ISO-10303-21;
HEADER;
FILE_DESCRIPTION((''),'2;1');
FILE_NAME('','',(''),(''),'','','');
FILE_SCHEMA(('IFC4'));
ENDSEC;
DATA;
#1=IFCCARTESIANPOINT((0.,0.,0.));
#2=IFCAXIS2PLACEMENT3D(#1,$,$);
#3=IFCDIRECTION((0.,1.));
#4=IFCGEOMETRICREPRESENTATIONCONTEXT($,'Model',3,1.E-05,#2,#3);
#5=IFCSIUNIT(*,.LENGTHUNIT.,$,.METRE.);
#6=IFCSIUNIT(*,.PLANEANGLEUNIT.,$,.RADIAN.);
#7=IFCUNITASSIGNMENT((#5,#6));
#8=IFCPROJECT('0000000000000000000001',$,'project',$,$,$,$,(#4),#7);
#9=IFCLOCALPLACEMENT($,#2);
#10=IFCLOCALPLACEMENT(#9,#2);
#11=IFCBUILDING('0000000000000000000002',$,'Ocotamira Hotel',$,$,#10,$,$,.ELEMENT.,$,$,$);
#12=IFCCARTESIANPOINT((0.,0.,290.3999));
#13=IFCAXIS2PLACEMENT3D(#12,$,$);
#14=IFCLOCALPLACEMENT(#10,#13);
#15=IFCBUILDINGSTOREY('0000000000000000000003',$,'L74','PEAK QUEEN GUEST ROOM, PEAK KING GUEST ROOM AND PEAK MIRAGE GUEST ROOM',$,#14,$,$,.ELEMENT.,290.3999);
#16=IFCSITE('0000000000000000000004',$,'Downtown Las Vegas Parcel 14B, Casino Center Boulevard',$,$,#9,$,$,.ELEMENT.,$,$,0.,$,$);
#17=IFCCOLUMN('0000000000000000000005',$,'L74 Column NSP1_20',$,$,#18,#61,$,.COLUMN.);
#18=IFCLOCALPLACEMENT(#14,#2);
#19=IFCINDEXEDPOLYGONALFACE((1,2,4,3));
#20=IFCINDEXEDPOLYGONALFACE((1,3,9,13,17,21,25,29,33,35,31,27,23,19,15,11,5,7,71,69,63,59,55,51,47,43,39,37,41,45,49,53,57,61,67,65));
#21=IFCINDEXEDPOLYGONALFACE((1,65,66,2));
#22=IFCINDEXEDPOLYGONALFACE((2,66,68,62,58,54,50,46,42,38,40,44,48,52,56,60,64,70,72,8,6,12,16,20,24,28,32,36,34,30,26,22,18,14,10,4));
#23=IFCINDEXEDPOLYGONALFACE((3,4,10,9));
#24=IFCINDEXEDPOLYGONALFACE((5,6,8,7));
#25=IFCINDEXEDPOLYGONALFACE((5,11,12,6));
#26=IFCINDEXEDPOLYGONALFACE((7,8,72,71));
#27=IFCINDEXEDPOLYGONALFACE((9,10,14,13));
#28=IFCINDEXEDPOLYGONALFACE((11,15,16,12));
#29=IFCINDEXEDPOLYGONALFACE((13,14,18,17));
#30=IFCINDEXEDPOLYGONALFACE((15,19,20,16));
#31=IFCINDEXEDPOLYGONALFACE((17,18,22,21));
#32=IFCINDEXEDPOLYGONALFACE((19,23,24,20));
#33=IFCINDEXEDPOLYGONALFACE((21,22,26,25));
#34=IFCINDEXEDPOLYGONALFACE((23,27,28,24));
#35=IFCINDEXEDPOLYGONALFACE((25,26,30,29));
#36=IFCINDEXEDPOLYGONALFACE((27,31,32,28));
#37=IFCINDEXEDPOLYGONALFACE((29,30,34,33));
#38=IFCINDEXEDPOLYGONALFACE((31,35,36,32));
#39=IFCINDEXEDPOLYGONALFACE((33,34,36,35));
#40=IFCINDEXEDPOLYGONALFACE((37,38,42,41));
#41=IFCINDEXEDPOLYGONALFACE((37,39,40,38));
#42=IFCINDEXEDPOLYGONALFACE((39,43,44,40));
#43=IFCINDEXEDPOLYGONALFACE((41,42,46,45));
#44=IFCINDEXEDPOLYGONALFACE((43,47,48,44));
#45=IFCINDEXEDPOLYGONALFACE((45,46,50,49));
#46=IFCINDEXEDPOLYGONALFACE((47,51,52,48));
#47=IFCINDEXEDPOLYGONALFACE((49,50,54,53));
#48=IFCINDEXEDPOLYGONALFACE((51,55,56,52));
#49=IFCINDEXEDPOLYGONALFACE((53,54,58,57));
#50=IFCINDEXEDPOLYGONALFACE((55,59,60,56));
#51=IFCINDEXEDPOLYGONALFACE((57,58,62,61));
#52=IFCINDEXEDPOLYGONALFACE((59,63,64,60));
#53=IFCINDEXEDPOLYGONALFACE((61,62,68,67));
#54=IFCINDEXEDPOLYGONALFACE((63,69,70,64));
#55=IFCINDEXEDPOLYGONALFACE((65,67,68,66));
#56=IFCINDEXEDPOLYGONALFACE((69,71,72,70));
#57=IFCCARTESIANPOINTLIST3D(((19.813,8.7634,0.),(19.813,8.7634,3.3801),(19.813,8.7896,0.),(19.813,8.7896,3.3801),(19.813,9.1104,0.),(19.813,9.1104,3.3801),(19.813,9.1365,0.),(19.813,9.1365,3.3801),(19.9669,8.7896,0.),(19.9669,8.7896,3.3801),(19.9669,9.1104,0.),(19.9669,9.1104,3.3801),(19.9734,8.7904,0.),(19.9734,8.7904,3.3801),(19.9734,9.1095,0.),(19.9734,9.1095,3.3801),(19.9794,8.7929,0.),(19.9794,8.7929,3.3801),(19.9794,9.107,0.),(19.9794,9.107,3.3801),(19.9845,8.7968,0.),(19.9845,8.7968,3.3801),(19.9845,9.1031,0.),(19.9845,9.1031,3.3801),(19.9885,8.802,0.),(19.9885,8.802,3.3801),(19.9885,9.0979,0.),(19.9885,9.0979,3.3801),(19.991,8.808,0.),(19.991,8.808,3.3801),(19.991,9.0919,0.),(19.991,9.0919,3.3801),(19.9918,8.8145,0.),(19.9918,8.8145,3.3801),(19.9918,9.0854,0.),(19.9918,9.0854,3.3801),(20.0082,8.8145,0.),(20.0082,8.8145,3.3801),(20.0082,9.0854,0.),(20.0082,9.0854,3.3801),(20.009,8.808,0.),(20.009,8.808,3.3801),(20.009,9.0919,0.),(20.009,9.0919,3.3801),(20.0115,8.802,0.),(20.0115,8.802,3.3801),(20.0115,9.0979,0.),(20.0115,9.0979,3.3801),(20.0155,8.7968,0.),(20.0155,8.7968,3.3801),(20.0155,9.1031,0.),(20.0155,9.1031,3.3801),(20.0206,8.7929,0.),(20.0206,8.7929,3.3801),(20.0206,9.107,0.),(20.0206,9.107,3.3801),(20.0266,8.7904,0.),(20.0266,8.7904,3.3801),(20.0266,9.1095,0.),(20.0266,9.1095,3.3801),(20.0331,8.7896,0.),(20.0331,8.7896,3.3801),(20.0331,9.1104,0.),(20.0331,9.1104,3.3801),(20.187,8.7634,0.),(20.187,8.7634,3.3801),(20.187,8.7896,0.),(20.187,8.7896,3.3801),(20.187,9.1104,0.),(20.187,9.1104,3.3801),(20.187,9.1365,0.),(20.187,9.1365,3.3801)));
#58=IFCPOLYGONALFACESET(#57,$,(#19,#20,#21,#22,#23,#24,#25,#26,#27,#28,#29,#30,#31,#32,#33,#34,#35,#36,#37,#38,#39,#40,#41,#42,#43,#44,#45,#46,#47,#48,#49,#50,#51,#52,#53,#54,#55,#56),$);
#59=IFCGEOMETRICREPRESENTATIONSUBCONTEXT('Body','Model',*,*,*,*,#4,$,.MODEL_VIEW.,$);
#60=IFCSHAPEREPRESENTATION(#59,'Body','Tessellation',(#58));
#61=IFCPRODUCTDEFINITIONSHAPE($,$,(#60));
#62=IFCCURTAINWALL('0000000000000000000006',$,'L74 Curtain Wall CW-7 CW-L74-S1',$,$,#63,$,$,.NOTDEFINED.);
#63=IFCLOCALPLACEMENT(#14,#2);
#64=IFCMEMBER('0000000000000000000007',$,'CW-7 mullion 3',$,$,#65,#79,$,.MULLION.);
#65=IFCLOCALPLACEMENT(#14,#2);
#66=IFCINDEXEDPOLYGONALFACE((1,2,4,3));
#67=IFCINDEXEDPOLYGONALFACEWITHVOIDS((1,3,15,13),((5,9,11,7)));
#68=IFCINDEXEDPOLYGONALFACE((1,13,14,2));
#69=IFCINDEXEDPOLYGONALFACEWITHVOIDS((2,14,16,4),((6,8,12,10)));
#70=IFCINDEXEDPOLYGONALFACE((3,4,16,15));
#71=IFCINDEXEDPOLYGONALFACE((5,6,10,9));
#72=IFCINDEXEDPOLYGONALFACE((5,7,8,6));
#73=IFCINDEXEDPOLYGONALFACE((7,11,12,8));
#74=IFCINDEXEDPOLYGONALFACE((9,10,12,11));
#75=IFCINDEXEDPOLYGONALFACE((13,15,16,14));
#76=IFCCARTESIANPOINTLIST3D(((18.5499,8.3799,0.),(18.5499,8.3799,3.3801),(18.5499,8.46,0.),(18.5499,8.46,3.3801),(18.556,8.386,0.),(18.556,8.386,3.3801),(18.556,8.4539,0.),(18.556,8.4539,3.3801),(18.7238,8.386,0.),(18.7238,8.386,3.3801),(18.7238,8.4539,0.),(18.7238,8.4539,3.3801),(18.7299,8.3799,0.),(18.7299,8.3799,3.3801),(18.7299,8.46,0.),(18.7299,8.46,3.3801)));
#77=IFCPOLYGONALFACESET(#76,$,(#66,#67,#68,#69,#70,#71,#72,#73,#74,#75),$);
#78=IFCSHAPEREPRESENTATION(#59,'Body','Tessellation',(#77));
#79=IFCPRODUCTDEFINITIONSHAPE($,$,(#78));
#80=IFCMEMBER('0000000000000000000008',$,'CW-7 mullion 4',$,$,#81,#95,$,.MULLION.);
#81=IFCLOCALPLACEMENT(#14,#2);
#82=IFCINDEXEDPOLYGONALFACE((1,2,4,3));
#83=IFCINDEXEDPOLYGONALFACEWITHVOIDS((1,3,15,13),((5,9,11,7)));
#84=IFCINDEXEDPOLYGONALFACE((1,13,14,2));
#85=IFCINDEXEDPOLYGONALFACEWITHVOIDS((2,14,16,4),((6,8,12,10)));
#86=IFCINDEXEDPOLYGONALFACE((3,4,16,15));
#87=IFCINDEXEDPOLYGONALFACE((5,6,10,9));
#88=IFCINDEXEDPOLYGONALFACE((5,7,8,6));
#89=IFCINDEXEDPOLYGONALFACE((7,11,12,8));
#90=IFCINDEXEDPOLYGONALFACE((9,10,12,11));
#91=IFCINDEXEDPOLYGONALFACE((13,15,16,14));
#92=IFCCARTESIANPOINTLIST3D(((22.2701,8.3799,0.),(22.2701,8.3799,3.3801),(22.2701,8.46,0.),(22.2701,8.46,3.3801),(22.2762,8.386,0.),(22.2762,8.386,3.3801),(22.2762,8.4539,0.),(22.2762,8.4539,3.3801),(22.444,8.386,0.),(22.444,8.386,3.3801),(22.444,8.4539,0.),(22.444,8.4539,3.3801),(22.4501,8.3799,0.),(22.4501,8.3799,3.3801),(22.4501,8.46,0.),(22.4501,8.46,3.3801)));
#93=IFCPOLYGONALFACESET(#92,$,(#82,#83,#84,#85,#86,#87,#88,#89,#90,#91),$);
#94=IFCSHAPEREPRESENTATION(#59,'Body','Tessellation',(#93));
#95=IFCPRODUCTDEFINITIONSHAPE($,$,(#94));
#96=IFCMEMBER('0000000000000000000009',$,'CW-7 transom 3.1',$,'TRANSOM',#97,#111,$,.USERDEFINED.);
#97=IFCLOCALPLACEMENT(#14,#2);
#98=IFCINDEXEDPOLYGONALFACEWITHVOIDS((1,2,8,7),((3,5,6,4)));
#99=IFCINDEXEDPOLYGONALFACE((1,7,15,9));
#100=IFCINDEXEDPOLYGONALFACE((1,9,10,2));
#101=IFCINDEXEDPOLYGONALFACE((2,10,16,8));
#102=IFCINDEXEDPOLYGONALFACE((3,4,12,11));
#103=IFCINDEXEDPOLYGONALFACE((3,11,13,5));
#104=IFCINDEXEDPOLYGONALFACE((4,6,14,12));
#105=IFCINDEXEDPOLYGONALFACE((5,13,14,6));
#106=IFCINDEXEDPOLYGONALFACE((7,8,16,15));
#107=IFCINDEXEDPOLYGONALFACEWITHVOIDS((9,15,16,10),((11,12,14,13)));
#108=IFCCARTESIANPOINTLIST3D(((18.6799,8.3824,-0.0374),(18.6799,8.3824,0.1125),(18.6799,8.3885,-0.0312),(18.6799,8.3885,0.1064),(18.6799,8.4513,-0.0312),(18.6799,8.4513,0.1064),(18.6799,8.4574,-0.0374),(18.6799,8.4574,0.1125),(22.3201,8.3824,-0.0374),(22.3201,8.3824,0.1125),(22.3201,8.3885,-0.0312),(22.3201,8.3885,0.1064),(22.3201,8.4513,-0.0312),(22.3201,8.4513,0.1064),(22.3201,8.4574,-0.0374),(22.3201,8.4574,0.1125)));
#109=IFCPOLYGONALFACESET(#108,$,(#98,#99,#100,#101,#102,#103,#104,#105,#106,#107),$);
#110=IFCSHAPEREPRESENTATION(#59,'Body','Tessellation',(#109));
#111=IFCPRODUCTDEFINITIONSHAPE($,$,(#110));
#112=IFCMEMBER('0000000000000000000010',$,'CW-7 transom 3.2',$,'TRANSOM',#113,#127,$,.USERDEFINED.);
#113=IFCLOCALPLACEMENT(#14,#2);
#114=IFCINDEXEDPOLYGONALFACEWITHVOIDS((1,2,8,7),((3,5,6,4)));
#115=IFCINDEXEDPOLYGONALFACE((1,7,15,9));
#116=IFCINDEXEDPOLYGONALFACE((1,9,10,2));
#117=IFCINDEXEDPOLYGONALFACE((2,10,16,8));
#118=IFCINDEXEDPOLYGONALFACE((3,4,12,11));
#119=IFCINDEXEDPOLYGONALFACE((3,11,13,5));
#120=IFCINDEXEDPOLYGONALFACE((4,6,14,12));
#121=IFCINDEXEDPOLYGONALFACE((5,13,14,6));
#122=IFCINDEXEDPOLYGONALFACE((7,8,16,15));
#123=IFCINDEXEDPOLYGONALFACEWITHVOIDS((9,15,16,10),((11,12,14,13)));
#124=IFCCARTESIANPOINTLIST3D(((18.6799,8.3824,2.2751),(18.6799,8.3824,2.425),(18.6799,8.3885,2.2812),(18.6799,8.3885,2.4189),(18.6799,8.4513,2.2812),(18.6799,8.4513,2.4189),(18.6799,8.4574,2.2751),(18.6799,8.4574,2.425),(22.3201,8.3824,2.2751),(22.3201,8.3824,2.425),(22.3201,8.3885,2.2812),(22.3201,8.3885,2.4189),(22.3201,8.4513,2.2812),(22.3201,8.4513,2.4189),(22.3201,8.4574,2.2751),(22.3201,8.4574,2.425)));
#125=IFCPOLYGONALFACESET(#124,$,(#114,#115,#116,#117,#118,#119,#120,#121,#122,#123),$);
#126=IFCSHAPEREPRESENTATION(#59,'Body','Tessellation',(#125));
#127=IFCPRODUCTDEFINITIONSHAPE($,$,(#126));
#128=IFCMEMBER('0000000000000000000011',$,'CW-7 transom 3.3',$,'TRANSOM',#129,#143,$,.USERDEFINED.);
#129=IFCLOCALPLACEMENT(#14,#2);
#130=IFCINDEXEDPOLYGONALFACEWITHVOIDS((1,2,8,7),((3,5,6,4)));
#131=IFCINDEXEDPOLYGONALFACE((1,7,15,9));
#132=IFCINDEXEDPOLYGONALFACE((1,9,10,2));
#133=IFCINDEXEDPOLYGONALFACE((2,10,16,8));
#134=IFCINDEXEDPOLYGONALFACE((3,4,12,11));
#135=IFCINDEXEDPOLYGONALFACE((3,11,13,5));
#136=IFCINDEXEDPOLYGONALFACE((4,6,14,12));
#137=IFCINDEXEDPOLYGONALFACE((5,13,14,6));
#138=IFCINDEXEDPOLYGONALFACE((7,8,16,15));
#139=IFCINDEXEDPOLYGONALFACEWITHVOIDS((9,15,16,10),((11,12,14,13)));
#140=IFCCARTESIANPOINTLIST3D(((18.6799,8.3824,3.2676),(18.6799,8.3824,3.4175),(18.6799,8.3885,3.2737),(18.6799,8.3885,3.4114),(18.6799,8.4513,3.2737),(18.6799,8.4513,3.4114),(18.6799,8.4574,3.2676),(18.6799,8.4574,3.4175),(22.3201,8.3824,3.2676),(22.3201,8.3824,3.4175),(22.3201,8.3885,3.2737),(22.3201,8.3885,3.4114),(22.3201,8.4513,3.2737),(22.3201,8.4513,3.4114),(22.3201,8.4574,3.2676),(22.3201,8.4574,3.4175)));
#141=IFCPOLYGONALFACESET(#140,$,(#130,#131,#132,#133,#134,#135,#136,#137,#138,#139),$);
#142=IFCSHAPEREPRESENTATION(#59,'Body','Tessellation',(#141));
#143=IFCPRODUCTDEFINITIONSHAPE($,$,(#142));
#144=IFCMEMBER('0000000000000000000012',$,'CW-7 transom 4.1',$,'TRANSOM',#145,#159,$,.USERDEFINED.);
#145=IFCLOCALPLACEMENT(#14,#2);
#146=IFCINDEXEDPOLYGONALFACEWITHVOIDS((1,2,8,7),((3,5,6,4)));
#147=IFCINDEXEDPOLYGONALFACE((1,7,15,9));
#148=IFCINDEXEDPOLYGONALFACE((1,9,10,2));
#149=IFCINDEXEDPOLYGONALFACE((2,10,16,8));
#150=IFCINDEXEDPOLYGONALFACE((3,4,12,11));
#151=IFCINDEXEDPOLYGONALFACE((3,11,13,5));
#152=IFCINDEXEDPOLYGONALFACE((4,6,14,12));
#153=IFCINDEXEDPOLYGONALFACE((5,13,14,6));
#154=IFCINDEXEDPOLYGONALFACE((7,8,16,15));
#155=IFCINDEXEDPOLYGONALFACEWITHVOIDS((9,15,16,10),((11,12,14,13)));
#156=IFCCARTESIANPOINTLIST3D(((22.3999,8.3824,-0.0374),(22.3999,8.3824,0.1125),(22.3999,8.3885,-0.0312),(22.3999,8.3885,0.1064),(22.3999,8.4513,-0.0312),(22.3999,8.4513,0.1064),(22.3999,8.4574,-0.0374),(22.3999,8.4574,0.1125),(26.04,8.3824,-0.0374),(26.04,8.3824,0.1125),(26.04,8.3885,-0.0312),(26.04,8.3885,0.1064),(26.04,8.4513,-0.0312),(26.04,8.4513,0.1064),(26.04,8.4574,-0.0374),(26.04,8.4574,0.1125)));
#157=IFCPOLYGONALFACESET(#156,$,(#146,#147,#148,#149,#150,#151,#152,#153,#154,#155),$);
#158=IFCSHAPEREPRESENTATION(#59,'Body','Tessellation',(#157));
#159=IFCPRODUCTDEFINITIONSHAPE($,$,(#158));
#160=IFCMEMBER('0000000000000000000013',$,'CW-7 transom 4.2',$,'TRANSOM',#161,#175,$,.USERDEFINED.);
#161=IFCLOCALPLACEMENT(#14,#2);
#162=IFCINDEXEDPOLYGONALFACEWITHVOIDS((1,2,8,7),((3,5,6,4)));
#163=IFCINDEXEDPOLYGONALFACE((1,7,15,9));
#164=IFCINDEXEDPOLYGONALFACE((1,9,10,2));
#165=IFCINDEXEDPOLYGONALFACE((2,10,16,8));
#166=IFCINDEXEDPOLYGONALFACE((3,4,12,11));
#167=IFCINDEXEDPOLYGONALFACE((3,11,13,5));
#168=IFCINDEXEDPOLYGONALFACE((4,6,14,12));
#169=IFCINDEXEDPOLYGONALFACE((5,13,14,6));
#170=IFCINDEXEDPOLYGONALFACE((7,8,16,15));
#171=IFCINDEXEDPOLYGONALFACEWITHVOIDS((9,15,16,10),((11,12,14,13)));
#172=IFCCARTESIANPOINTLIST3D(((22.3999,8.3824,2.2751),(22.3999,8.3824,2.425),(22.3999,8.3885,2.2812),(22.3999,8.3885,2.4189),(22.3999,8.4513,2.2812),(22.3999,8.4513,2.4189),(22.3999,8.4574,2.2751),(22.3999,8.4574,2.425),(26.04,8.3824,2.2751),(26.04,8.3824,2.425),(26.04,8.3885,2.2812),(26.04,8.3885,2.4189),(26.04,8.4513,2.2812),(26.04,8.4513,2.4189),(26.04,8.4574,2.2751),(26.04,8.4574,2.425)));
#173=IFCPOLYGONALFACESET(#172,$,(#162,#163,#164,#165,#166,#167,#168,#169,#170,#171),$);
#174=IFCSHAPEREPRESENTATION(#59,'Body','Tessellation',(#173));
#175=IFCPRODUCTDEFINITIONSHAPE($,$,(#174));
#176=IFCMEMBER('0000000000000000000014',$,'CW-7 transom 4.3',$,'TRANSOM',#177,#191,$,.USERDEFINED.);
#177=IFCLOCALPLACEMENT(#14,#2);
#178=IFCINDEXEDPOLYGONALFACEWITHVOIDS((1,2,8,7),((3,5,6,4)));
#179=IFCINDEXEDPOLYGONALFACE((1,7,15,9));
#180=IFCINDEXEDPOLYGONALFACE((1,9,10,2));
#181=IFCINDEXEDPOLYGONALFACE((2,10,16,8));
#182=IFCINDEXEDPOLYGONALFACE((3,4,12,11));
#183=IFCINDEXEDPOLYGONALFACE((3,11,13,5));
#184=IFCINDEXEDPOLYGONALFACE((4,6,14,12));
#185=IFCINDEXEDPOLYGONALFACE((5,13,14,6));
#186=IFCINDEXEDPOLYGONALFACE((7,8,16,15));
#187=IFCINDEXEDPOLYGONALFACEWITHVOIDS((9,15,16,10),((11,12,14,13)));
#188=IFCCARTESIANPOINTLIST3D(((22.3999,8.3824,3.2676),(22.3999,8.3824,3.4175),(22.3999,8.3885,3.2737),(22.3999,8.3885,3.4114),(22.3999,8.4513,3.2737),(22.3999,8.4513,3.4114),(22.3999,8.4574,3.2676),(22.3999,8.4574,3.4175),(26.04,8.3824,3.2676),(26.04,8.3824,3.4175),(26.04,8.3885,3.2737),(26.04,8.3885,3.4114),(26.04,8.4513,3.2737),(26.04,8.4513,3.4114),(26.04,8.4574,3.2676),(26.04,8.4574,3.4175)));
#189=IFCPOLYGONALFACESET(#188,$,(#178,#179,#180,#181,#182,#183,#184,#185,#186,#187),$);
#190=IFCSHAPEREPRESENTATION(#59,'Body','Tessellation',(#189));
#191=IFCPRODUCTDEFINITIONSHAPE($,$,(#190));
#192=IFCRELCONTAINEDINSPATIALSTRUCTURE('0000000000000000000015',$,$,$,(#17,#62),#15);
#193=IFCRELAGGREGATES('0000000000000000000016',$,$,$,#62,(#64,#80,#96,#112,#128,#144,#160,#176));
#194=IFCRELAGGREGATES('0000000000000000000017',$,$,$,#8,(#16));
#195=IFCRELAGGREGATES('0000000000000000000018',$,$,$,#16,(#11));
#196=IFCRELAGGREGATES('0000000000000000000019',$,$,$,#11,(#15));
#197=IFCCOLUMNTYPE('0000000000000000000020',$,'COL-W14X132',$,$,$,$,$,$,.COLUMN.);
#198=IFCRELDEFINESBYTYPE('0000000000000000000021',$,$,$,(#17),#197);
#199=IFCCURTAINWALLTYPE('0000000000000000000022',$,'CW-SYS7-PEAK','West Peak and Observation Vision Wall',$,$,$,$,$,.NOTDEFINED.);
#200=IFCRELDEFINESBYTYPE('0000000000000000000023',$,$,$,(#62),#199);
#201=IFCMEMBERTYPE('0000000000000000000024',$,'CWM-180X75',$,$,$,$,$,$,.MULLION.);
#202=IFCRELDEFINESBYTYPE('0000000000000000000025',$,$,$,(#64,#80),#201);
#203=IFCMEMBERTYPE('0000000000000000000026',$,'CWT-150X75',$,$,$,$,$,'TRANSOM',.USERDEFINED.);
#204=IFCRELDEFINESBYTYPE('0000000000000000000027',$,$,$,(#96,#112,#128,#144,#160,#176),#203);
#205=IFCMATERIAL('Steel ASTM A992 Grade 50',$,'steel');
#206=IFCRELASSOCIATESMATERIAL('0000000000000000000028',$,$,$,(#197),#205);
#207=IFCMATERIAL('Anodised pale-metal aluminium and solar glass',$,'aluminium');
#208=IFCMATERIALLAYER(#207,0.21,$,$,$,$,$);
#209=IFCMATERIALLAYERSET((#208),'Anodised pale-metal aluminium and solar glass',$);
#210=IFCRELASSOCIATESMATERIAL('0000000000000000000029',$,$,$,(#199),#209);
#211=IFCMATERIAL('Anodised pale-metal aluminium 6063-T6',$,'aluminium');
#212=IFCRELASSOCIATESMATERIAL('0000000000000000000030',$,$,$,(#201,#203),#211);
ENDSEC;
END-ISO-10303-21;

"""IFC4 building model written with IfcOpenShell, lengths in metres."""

from ifc_helpers import new_model, si_unit, direction, frame, origin, origin_2d, place, context, subcontext, project, spatial, hollow_rectangle, i_section, extrude, source, transform, mapped, material, layer, layer_set, material_profile, profile_set, type_object, element, aggregate, save


model = new_model("IFC4")

# Units and contexts
model_context = context("Model", 3, precision=1e-05, world=origin(), true_north=direction((0.0, 1.0)))
body_context = subcontext(model_context, "Body", "Model", "MODEL_VIEW")
ifc_project = project(units=[si_unit("LENGTHUNIT", "METRE"), si_unit("PLANEANGLEUNIT", "RADIAN")], contexts=[model_context])

# Site, building, storey
site_placement = place(None, origin())
site = spatial("IfcSite", under=ifc_project, at=site_placement, Name="Downtown Las Vegas Parcel 14B, Casino Center Boulevard", CompositionType="ELEMENT", RefElevation=0.0)
building_placement = place(site_placement, origin())
building = spatial("IfcBuilding", under=site, at=building_placement, Name="Ocotamira Hotel", CompositionType="ELEMENT")
storey_placement = place(building_placement, frame((0.0, 0.0, 290.3999)))
storey = spatial("IfcBuildingStorey", under=building, at=storey_placement, Name="L74", Description="PEAK QUEEN GUEST ROOM, PEAK KING GUEST ROOM AND PEAK MIRAGE GUEST ROOM", CompositionType="ELEMENT", Elevation=290.3999)

# Column
ifc_material_1 = material(Name="Steel ASTM A992 Grade 50", Category="steel")
ifc_material_profile_1 = material_profile(ifc_material_1, i_section(OverallWidth=0.374, OverallDepth=0.373, WebThickness=0.0164, FlangeThickness=0.0261, FilletRadius=0.0249, at=origin_2d()), Name="W14X132")
ifc_profile_set_1 = profile_set([ifc_material_profile_1], Name="Steel ASTM A992 Grade 50")
column_type = type_object("IfcColumnType", Name="COL-W14X132", PredefinedType="COLUMN", material=ifc_profile_set_1)
shared_shape_1 = source(origin(), body_context, "Body", "SweptSolid", [
    extrude(i_section(OverallWidth=0.374, OverallDepth=0.373, WebThickness=0.0164, FlangeThickness=0.0261, FilletRadius=0.0249, at=origin_2d()), origin(), (0.0, 0.0, 1.0), 3.3801),
])
column_placement = place(storey_placement, frame((20.0, 8.95, 0.0), z_axis=(0.0, 0.0, 1.0), x_axis=(1.0, 0.0, 0.0)))
element("IfcColumn", 1, at=column_placement, inside=storey, type_object=column_type, Name="L74 Column NSP1_20", PredefinedType="COLUMN", context=body_context, shape_type="MappedRepresentation", body=[
    mapped(shared_shape_1, transform((0.0, 0.0, 0.0), scale=1.0)),
])

# Curtain wall, members
ifc_material_2 = material(Name="Anodised pale-metal aluminium and solar glass", Category="aluminium")
ifc_layer_1 = layer(ifc_material_2, 0.21)
ifc_layer_set_1 = layer_set([ifc_layer_1], Name="Anodised pale-metal aluminium and solar glass")
curtain_wall_type = type_object("IfcCurtainWallType", Name="CW-SYS7-PEAK", Description="West Peak and Observation Vision Wall", PredefinedType="NOTDEFINED", material=ifc_layer_set_1)
curtain_wall_placement = place(storey_placement, origin())
curtain_wall = element("IfcCurtainWall", 2, at=curtain_wall_placement, inside=storey, type_object=curtain_wall_type, Name="L74 Curtain Wall CW-7 CW-L74-S1", PredefinedType="NOTDEFINED")
ifc_material_3 = material(Name="Anodised pale-metal aluminium 6063-T6", Category="aluminium")
ifc_material_profile_2 = material_profile(ifc_material_3, hollow_rectangle(XDim=0.0801, YDim=0.1799, WallThickness=0.0061, at=origin_2d()), Name="HSS180X80X6")
ifc_profile_set_2 = profile_set([ifc_material_profile_2], Name="Anodised pale-metal aluminium 6063-T6")
member_type_1 = type_object("IfcMemberType", Name="CWM-180X75", PredefinedType="MULLION", material=ifc_profile_set_2)
shared_shape_2 = source(origin(), body_context, "Body", "SweptSolid", [
    extrude(hollow_rectangle(XDim=0.0801, YDim=0.1799, WallThickness=0.0061, at=origin_2d()), origin(), (0.0, 0.0, 1.0), 3.3801),
])
member_1_placement = place(storey_placement, frame((18.6399, 8.4199, 0.0), z_axis=(0.0, 0.0, 1.0), x_axis=(0.0, 1.0, 0.0)))
member_1 = element("IfcMember", 3, at=member_1_placement, type_object=member_type_1, Name="CW-7 mullion 3", PredefinedType="MULLION", context=body_context, shape_type="MappedRepresentation", body=[
    mapped(shared_shape_2, transform((0.0, 0.0, 0.0), scale=1.0)),
])
member_2_placement = place(storey_placement, frame((22.3601, 8.4199, 0.0), z_axis=(0.0, 0.0, 1.0), x_axis=(0.0, 1.0, 0.0)))
member_2 = element("IfcMember", 4, at=member_2_placement, type_object=member_type_1, Name="CW-7 mullion 4", PredefinedType="MULLION", context=body_context, shape_type="MappedRepresentation", body=[
    mapped(shared_shape_2, transform((0.0, 0.0, 0.0), scale=1.0)),
])
ifc_material_profile_3 = material_profile(ifc_material_3, hollow_rectangle(XDim=0.075, YDim=0.1499, WallThickness=0.0061, at=origin_2d()), Name="HSS150X75X6")
ifc_profile_set_3 = profile_set([ifc_material_profile_3], Name="Anodised pale-metal aluminium 6063-T6")
member_type_2 = type_object("IfcMemberType", Name="CWT-150X75", ElementType="TRANSOM", PredefinedType="USERDEFINED", material=ifc_profile_set_3)
shared_shape_3 = source(origin(), body_context, "Body", "SweptSolid", [
    extrude(hollow_rectangle(XDim=0.075, YDim=0.1499, WallThickness=0.0061, at=origin_2d()), origin(), (0.0, 0.0, 1.0), 3.6401),
])
member_3_placement = place(storey_placement, frame((18.6799, 8.4199, 0.0376), z_axis=(1.0, 0.0, 0.0), x_axis=(0.0, 1.0, 0.0)))
member_3 = element("IfcMember", 5, at=member_3_placement, type_object=member_type_2, Name="CW-7 transom 3.1", ObjectType="TRANSOM", PredefinedType="USERDEFINED", context=body_context, shape_type="MappedRepresentation", body=[
    mapped(shared_shape_3, transform((0.0, 0.0, 0.0), scale=1.0)),
])
member_4_placement = place(storey_placement, frame((18.6799, 8.4199, 2.3501), z_axis=(1.0, 0.0, 0.0), x_axis=(0.0, 1.0, 0.0)))
member_4 = element("IfcMember", 6, at=member_4_placement, type_object=member_type_2, Name="CW-7 transom 3.2", ObjectType="TRANSOM", PredefinedType="USERDEFINED", context=body_context, shape_type="MappedRepresentation", body=[
    mapped(shared_shape_3, transform((0.0, 0.0, 0.0), scale=1.0)),
])
member_5_placement = place(storey_placement, frame((18.6799, 8.4199, 3.3425), z_axis=(1.0, 0.0, 0.0), x_axis=(0.0, 1.0, 0.0)))
member_5 = element("IfcMember", 7, at=member_5_placement, type_object=member_type_2, Name="CW-7 transom 3.3", ObjectType="TRANSOM", PredefinedType="USERDEFINED", context=body_context, shape_type="MappedRepresentation", body=[
    mapped(shared_shape_3, transform((0.0, 0.0, 0.0), scale=1.0)),
])
member_6_placement = place(storey_placement, frame((22.3999, 8.4199, 0.0376), z_axis=(1.0, 0.0, 0.0), x_axis=(0.0, 1.0, 0.0)))
member_6 = element("IfcMember", 8, at=member_6_placement, type_object=member_type_2, Name="CW-7 transom 4.1", ObjectType="TRANSOM", PredefinedType="USERDEFINED", context=body_context, shape_type="MappedRepresentation", body=[
    mapped(shared_shape_3, transform((0.0, 0.0, 0.0), scale=1.0)),
])
member_7_placement = place(storey_placement, frame((22.3999, 8.4199, 2.3501), z_axis=(1.0, 0.0, 0.0), x_axis=(0.0, 1.0, 0.0)))
member_7 = element("IfcMember", 9, at=member_7_placement, type_object=member_type_2, Name="CW-7 transom 4.2", ObjectType="TRANSOM", PredefinedType="USERDEFINED", context=body_context, shape_type="MappedRepresentation", body=[
    mapped(shared_shape_3, transform((0.0, 0.0, 0.0), scale=1.0)),
])
member_8_placement = place(storey_placement, frame((22.3999, 8.4199, 3.3425), z_axis=(1.0, 0.0, 0.0), x_axis=(0.0, 1.0, 0.0)))
member_8 = element("IfcMember", 10, at=member_8_placement, type_object=member_type_2, Name="CW-7 transom 4.3", ObjectType="TRANSOM", PredefinedType="USERDEFINED", context=body_context, shape_type="MappedRepresentation", body=[
    mapped(shared_shape_3, transform((0.0, 0.0, 0.0), scale=1.0)),
])
aggregate(curtain_wall, [member_1, member_2, member_3, member_4, member_5, member_6, member_7, member_8])

save(model, "model.ifc")
